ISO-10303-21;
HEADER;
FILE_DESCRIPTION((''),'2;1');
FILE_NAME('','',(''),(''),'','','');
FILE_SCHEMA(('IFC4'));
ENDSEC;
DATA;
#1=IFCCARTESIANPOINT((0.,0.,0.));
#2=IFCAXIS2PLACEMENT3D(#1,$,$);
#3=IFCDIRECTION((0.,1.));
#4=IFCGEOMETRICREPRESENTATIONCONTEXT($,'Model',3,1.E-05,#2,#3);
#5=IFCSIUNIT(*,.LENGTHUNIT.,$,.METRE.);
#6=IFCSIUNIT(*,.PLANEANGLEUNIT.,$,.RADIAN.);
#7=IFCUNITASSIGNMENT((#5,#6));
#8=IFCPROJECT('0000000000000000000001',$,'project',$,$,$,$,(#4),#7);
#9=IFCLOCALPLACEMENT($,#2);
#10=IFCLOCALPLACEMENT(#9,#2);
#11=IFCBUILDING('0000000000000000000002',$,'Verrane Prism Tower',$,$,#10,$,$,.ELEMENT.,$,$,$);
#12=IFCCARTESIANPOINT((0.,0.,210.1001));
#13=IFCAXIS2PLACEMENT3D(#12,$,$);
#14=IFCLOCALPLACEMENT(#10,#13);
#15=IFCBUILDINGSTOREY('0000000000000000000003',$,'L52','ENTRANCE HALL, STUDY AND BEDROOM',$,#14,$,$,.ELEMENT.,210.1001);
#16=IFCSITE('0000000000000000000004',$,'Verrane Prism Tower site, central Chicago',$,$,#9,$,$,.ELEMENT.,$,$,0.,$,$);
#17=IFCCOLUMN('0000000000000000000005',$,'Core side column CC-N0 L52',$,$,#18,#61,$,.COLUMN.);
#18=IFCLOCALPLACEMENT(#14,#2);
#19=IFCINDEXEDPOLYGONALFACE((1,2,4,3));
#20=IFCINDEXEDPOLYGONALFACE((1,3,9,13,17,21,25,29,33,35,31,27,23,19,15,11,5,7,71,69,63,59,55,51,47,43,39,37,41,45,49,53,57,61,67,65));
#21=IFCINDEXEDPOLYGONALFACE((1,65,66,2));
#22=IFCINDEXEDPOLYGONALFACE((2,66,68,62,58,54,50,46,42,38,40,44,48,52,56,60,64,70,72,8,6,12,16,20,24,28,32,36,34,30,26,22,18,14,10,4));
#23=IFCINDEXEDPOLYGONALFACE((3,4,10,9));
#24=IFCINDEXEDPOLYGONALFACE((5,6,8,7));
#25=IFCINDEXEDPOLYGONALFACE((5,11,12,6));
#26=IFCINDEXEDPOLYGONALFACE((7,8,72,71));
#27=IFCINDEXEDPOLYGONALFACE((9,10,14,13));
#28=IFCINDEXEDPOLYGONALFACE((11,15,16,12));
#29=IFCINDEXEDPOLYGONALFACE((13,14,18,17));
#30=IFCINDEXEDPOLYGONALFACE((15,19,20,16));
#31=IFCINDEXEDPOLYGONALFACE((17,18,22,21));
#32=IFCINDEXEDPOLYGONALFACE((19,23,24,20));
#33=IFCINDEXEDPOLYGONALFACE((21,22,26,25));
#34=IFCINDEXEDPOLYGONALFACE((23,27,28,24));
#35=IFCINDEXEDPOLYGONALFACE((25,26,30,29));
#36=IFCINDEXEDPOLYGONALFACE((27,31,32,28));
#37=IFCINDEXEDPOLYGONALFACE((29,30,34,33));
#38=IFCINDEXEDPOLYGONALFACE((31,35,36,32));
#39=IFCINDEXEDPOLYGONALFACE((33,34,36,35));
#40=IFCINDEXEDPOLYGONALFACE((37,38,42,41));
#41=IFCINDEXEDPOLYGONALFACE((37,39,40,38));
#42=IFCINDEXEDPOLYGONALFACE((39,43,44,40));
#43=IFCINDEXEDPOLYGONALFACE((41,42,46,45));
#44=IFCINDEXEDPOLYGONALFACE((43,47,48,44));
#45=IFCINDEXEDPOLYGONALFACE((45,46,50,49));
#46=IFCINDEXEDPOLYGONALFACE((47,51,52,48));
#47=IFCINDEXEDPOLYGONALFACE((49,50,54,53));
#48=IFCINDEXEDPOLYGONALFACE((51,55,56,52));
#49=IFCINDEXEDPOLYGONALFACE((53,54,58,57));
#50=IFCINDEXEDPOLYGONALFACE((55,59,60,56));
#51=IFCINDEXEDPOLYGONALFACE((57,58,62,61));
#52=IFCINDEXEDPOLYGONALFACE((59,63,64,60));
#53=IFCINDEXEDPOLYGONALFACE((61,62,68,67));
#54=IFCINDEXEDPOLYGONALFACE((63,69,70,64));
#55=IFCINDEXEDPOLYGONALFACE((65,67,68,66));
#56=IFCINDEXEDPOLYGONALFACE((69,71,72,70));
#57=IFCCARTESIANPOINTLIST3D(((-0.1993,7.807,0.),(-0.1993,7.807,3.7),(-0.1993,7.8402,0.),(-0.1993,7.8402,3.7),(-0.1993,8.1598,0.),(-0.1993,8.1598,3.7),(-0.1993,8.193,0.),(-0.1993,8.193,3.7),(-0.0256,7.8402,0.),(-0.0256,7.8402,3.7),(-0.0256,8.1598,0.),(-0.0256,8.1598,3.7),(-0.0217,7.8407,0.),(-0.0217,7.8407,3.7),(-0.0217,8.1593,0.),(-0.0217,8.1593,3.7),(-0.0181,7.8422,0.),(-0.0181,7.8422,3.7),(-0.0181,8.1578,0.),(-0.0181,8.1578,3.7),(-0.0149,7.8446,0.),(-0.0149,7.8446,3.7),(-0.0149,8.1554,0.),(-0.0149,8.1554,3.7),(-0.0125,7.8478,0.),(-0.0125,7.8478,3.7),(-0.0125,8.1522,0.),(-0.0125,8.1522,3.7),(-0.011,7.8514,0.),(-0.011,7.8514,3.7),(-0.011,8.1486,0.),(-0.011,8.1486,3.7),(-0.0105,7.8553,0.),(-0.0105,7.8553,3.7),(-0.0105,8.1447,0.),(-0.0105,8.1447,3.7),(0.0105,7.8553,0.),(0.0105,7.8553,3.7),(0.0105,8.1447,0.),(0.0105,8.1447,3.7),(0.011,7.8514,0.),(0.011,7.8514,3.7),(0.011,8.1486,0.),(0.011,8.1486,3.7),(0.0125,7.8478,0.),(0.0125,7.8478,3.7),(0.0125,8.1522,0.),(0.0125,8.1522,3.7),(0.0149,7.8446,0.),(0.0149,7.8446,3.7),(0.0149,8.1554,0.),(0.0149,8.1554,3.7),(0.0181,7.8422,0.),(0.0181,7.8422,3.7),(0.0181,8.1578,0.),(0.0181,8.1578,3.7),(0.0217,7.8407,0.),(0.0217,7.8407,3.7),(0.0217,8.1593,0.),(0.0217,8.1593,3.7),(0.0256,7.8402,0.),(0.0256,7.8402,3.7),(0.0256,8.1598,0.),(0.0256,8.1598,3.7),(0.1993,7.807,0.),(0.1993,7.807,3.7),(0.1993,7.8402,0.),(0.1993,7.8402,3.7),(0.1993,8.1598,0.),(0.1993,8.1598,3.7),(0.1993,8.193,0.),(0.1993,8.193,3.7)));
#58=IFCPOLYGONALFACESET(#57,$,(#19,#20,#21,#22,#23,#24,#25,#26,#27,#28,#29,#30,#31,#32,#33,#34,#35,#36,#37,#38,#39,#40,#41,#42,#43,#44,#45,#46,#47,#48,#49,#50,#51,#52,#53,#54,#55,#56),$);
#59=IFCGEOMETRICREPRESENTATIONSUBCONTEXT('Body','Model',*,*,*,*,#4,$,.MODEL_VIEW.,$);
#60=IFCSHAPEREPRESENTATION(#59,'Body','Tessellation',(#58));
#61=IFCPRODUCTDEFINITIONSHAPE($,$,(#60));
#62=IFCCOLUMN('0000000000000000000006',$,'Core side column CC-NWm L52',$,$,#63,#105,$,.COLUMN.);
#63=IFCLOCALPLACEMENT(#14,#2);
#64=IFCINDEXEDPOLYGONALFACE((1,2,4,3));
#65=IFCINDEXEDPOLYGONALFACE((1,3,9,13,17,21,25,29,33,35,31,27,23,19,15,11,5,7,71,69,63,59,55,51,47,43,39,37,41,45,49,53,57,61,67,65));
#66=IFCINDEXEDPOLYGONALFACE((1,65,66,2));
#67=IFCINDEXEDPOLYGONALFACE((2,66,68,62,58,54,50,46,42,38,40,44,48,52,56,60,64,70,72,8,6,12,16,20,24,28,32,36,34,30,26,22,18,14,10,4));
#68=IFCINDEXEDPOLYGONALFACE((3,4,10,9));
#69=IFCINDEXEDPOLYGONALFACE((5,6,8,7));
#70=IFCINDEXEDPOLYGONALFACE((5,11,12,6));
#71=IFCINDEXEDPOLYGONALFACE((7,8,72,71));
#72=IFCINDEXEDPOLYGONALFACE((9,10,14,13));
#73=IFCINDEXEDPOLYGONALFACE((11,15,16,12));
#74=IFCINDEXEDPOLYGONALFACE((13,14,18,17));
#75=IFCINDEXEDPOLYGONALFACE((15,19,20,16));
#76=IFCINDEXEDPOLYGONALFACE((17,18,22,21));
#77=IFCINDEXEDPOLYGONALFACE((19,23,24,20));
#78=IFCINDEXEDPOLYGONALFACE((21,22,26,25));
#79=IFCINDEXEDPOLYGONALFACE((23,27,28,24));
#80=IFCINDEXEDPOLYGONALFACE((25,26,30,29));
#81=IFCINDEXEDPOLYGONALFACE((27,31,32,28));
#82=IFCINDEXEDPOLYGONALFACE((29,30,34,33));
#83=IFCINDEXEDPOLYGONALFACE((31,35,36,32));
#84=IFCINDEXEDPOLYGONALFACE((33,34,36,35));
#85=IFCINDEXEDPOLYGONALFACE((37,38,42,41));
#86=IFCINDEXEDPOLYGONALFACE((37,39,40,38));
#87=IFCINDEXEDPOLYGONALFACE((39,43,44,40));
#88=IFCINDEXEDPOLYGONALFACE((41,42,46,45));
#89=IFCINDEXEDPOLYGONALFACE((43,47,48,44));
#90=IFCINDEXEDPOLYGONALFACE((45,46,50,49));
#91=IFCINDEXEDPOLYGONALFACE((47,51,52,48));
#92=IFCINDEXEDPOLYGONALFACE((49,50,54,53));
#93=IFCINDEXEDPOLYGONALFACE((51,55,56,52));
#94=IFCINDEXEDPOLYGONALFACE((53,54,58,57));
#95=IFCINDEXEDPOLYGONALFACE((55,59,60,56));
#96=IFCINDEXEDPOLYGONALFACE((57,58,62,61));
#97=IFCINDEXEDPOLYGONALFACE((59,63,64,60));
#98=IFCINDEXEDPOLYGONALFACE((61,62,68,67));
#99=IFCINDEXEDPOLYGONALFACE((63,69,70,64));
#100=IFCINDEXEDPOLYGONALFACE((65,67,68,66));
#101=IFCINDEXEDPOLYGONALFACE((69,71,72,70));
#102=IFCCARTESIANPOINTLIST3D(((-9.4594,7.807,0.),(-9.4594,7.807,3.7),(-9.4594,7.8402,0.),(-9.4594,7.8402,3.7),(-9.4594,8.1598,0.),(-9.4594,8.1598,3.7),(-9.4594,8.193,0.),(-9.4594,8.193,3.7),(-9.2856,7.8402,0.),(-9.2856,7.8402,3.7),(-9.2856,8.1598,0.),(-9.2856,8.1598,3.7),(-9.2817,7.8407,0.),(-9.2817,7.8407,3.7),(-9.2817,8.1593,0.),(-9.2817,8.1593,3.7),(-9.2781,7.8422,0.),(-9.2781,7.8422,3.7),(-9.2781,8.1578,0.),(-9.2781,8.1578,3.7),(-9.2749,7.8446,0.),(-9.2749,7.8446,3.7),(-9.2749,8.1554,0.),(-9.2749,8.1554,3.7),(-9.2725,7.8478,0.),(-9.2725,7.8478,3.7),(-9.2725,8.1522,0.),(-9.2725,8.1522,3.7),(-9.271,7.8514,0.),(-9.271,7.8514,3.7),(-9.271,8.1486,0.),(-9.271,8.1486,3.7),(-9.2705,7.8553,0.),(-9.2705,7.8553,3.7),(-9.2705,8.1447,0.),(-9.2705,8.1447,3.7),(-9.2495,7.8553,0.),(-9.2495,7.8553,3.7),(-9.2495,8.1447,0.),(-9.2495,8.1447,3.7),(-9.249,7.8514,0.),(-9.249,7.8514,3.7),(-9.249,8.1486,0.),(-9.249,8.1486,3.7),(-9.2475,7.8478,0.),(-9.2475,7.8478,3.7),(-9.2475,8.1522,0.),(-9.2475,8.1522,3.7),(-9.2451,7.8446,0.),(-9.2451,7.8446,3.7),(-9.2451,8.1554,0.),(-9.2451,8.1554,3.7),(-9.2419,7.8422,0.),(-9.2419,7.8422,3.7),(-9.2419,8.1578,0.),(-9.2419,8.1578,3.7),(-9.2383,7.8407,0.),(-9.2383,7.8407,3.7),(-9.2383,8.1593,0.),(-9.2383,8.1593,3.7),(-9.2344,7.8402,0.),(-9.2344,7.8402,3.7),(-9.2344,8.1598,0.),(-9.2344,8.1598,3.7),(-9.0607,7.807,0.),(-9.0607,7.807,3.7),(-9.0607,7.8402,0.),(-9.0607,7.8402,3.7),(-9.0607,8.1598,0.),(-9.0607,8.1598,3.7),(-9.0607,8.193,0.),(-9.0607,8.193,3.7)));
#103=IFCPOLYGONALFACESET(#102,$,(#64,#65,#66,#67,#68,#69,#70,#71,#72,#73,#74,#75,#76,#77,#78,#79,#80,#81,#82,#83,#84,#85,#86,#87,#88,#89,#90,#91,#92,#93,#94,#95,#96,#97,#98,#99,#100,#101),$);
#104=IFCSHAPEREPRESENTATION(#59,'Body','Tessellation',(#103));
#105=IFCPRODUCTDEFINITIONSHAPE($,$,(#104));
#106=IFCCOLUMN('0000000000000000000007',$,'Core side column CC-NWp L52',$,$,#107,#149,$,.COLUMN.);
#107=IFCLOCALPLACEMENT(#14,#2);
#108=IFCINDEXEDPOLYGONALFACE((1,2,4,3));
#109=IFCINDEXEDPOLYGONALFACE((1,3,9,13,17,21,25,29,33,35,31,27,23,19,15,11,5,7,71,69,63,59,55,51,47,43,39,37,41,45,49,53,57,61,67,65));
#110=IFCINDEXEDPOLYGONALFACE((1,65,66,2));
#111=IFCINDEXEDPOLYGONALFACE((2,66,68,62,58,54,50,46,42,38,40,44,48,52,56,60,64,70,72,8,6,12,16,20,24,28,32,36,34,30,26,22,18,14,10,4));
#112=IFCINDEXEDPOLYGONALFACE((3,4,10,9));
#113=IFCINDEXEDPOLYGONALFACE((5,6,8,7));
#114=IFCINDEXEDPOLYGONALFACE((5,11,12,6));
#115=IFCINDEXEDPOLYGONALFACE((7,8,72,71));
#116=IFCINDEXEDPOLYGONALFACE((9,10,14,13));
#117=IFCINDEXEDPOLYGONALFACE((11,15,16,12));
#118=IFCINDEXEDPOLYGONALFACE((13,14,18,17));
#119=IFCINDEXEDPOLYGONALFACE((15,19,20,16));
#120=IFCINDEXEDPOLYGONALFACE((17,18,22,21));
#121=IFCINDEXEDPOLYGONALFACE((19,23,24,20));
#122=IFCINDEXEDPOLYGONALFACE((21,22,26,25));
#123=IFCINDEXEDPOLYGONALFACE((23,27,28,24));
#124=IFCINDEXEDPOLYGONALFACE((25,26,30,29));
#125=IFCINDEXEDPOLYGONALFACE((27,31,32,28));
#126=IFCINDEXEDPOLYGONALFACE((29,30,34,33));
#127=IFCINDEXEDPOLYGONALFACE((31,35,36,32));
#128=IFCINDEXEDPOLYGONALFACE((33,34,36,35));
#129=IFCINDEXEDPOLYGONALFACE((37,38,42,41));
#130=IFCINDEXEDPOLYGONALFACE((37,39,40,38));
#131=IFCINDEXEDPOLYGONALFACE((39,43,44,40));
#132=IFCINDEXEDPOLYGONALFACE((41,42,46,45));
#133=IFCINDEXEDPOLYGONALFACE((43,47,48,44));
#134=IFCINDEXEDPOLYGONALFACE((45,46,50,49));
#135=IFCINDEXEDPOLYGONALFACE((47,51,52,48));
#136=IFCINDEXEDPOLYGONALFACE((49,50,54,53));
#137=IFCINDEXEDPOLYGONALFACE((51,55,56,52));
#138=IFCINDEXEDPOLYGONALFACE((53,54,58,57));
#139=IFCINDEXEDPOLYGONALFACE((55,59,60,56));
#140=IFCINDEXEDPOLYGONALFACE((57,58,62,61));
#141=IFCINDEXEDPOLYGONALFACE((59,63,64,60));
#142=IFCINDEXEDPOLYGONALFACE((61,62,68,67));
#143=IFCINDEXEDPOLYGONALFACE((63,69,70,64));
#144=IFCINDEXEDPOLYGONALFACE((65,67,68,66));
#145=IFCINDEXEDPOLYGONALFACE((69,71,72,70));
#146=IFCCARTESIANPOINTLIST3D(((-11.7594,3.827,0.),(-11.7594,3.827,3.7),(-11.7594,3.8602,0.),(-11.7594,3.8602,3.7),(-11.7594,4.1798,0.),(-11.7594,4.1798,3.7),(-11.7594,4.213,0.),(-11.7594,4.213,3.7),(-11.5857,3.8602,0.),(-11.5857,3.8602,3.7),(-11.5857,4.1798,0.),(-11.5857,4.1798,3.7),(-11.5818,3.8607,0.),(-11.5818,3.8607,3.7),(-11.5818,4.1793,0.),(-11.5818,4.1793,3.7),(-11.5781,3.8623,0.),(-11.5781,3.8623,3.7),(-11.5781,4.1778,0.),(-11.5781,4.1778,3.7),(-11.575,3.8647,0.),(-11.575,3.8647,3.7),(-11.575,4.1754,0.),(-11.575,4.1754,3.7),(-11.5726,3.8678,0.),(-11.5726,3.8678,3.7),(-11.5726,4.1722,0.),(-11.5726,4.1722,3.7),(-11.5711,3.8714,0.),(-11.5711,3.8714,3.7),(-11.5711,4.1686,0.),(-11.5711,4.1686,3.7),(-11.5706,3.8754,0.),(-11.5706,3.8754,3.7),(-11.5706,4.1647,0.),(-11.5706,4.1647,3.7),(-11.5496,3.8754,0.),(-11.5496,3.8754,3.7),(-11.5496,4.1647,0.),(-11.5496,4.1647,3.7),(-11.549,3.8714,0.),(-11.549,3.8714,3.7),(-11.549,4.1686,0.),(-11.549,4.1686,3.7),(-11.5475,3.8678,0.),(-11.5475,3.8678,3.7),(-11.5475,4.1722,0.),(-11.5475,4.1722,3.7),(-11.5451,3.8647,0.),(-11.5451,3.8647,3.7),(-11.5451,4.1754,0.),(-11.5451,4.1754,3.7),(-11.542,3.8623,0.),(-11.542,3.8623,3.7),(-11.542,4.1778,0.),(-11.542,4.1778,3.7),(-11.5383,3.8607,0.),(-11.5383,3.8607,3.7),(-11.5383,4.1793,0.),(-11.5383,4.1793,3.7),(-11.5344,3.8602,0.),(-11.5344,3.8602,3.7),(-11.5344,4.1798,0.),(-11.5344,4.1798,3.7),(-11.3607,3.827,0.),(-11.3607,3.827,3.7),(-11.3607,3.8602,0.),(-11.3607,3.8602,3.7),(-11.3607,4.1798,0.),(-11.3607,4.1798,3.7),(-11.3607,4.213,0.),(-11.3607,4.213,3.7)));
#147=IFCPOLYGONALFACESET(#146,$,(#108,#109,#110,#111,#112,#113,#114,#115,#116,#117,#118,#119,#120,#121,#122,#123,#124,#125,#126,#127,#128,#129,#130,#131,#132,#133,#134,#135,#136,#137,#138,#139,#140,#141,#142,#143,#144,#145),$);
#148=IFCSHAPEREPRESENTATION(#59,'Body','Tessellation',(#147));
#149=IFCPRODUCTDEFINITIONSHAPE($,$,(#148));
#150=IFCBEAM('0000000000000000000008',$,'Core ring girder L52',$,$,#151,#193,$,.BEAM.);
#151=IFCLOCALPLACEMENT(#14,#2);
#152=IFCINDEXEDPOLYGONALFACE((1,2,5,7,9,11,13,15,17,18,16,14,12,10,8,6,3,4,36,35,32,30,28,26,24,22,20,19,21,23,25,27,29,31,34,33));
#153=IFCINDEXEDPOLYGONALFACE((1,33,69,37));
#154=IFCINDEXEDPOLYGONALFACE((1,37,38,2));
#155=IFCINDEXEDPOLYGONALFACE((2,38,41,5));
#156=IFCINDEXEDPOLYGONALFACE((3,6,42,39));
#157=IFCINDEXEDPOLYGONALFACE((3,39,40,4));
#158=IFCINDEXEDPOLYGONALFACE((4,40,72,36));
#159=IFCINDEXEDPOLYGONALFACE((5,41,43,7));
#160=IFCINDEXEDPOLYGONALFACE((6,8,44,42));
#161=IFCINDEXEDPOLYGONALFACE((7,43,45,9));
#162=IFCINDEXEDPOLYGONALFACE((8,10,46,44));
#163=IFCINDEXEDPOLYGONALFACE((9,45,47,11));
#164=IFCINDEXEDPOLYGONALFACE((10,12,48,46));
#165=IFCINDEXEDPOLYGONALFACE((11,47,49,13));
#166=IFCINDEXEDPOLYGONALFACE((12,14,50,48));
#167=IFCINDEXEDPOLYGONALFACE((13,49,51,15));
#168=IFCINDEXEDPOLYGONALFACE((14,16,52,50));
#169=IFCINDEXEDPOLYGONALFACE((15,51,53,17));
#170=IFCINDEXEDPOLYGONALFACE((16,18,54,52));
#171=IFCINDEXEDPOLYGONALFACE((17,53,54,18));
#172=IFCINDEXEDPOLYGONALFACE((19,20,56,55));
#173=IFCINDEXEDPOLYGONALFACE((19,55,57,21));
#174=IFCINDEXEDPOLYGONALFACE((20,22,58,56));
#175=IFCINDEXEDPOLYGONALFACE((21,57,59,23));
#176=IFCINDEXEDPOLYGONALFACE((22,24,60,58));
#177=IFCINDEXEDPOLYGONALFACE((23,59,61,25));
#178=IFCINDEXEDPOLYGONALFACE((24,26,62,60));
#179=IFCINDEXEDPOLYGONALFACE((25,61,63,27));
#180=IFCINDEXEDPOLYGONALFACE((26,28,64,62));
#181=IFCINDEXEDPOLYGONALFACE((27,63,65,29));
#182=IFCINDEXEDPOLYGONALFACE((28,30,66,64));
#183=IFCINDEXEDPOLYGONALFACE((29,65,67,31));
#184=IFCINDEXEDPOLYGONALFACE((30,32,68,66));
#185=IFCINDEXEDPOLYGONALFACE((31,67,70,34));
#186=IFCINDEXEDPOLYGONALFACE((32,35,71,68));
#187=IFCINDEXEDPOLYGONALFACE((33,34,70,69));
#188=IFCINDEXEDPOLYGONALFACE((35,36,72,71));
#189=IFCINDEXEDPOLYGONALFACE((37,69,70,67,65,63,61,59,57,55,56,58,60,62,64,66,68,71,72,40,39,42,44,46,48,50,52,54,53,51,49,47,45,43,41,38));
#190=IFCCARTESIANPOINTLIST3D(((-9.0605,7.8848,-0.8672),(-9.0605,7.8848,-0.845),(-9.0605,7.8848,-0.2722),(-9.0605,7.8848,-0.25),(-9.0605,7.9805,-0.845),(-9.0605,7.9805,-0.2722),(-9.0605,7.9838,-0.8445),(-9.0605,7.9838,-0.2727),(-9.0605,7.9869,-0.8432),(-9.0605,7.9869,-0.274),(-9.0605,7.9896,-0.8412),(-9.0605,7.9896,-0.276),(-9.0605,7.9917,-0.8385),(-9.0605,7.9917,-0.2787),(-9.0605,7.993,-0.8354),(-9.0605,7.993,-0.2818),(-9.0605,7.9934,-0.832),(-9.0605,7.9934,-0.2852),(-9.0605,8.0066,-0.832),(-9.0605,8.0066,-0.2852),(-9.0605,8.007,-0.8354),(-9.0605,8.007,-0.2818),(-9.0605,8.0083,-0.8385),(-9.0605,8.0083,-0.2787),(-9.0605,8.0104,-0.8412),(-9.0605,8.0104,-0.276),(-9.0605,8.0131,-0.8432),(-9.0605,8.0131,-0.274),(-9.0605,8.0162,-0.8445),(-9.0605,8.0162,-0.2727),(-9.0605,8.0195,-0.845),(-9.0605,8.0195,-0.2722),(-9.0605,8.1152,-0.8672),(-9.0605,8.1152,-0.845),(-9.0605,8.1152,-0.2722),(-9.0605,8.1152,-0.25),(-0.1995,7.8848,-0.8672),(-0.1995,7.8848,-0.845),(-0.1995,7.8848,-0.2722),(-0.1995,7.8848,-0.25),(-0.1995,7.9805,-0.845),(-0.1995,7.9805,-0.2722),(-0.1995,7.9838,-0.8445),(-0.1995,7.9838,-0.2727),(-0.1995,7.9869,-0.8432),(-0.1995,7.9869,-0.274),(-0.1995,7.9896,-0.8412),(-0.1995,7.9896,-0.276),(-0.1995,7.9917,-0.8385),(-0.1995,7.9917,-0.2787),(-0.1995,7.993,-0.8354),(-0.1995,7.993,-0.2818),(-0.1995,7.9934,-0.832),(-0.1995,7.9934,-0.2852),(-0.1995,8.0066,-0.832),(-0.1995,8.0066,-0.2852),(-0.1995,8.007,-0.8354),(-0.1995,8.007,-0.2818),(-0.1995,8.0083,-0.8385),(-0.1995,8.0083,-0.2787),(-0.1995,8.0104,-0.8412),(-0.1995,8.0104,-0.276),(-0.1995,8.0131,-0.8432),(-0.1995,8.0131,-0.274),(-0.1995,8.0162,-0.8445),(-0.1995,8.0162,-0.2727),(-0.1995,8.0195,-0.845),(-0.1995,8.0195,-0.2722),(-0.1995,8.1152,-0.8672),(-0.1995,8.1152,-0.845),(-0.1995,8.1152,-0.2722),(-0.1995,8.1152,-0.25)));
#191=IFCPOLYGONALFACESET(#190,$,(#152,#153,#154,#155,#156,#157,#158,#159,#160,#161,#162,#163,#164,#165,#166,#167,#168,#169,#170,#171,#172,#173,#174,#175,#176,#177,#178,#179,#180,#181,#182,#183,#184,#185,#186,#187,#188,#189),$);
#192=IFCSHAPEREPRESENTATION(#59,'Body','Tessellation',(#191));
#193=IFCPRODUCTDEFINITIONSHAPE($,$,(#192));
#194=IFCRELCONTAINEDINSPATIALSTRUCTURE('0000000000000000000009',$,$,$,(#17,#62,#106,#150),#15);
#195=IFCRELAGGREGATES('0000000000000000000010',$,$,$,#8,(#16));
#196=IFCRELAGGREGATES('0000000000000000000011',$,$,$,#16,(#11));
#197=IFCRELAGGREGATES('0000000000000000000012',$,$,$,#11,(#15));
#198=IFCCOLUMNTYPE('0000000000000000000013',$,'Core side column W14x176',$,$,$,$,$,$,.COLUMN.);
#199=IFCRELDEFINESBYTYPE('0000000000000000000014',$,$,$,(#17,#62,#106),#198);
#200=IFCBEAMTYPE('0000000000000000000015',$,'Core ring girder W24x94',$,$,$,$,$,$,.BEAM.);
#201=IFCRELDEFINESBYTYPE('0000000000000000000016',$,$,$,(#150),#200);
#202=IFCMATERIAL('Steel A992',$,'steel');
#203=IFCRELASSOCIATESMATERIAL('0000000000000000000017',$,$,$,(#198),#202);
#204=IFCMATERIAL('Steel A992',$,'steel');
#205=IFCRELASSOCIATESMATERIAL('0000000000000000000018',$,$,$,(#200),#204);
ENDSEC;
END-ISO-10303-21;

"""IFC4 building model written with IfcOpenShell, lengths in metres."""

from ifc_helpers import new_model, si_unit, direction, frame, origin, origin_2d, place, context, subcontext, project, spatial, i_section, extrude, material, material_profile, profile_set, type_object, element, save


model = new_model("IFC4")

# Units and contexts
model_context = context("Model", 3, precision=1e-05, world=origin(), true_north=direction((0.0, 1.0)))
body_context = subcontext(model_context, "Body", "Model", "MODEL_VIEW")
ifc_project = project(units=[si_unit("LENGTHUNIT", "METRE"), si_unit("PLANEANGLEUNIT", "RADIAN")], contexts=[model_context])

# Site, building, storey
site_placement = place(None, origin())
site = spatial("IfcSite", under=ifc_project, at=site_placement, Name="Verrane Prism Tower site, central Chicago", CompositionType="ELEMENT", RefElevation=0.0)
building_placement = place(site_placement, origin())
building = spatial("IfcBuilding", under=site, at=building_placement, Name="Verrane Prism Tower", CompositionType="ELEMENT")
storey_placement = place(building_placement, frame((0.0, 0.0, 210.1001)))
storey = spatial("IfcBuildingStorey", under=building, at=storey_placement, Name="L52", Description="ENTRANCE HALL, STUDY AND BEDROOM", CompositionType="ELEMENT", Elevation=210.1001)

# Columns
ifc_material_1 = material(Name="Steel A992", Category="steel")
ifc_material_profile_1 = material_profile(ifc_material_1, i_section(OverallWidth=0.3987, OverallDepth=0.386, WebThickness=0.021, FlangeThickness=0.0332, FilletRadius=0.0151, at=origin_2d()), Name="W14x176")
ifc_profile_set_1 = profile_set([ifc_material_profile_1], Name="Steel A992")
column_type = type_object("IfcColumnType", Name="Core side column W14x176", PredefinedType="COLUMN", material=ifc_profile_set_1)
for number, where, z_axis, x_axis, name in (
    (1, (0.0, 8.0, 0.0), (0.0, 0.0, 1.0), (1.0, 0.0, 0.0), "Core side column CC-N0 L52"),
    (2, (-9.26, 8.0, 0.0), (0.0, 0.0, 1.0), (1.0, 0.0, 0.0), "Core side column CC-NWm L52"),
    (3, (-11.5601, 4.02, 0.0), (0.0, 0.0, 1.0), (1.0, 0.0, 0.0), "Core side column CC-NWp L52"),
):
    element("IfcColumn", number, at=place(storey_placement, frame(where, z_axis=z_axis, x_axis=x_axis)), inside=storey, type_object=column_type, Name=name, PredefinedType="COLUMN", context=body_context, shape_type="SweptSolid", body=[
        extrude(i_section(OverallWidth=0.3987, OverallDepth=0.386, WebThickness=0.021, FlangeThickness=0.0332, FilletRadius=0.0151, at=origin_2d()), origin(), (0.0, 0.0, 1.0), 3.7),
    ])

# Beam
ifc_material_2 = material(Name="Steel A992", Category="steel")
ifc_material_profile_2 = material_profile(ifc_material_2, i_section(OverallWidth=0.2305, OverallDepth=0.6172, WebThickness=0.0132, FlangeThickness=0.0222, FilletRadius=0.0129, at=origin_2d()), Name="W24x94")
ifc_profile_set_2 = profile_set([ifc_material_profile_2], Name="Steel A992")
beam_type = type_object("IfcBeamType", Name="Core ring girder W24x94", PredefinedType="BEAM", material=ifc_profile_set_2)
beam_1_placement = place(storey_placement, frame((-0.1995, 8.0, -0.5586), z_axis=(-1.0, 0.0, 0.0), x_axis=(0.0, -1.0, 0.0)))
element("IfcBeam", 4, at=beam_1_placement, inside=storey, type_object=beam_type, Name="Core ring girder L52", PredefinedType="BEAM", context=body_context, shape_type="SweptSolid", body=[
    extrude(i_section(OverallWidth=0.2305, OverallDepth=0.6172, WebThickness=0.0132, FlangeThickness=0.0222, FilletRadius=0.0129, at=origin_2d()), origin(), (0.0, 0.0, 1.0), 8.8611),
])

save(model, "model.ifc")
